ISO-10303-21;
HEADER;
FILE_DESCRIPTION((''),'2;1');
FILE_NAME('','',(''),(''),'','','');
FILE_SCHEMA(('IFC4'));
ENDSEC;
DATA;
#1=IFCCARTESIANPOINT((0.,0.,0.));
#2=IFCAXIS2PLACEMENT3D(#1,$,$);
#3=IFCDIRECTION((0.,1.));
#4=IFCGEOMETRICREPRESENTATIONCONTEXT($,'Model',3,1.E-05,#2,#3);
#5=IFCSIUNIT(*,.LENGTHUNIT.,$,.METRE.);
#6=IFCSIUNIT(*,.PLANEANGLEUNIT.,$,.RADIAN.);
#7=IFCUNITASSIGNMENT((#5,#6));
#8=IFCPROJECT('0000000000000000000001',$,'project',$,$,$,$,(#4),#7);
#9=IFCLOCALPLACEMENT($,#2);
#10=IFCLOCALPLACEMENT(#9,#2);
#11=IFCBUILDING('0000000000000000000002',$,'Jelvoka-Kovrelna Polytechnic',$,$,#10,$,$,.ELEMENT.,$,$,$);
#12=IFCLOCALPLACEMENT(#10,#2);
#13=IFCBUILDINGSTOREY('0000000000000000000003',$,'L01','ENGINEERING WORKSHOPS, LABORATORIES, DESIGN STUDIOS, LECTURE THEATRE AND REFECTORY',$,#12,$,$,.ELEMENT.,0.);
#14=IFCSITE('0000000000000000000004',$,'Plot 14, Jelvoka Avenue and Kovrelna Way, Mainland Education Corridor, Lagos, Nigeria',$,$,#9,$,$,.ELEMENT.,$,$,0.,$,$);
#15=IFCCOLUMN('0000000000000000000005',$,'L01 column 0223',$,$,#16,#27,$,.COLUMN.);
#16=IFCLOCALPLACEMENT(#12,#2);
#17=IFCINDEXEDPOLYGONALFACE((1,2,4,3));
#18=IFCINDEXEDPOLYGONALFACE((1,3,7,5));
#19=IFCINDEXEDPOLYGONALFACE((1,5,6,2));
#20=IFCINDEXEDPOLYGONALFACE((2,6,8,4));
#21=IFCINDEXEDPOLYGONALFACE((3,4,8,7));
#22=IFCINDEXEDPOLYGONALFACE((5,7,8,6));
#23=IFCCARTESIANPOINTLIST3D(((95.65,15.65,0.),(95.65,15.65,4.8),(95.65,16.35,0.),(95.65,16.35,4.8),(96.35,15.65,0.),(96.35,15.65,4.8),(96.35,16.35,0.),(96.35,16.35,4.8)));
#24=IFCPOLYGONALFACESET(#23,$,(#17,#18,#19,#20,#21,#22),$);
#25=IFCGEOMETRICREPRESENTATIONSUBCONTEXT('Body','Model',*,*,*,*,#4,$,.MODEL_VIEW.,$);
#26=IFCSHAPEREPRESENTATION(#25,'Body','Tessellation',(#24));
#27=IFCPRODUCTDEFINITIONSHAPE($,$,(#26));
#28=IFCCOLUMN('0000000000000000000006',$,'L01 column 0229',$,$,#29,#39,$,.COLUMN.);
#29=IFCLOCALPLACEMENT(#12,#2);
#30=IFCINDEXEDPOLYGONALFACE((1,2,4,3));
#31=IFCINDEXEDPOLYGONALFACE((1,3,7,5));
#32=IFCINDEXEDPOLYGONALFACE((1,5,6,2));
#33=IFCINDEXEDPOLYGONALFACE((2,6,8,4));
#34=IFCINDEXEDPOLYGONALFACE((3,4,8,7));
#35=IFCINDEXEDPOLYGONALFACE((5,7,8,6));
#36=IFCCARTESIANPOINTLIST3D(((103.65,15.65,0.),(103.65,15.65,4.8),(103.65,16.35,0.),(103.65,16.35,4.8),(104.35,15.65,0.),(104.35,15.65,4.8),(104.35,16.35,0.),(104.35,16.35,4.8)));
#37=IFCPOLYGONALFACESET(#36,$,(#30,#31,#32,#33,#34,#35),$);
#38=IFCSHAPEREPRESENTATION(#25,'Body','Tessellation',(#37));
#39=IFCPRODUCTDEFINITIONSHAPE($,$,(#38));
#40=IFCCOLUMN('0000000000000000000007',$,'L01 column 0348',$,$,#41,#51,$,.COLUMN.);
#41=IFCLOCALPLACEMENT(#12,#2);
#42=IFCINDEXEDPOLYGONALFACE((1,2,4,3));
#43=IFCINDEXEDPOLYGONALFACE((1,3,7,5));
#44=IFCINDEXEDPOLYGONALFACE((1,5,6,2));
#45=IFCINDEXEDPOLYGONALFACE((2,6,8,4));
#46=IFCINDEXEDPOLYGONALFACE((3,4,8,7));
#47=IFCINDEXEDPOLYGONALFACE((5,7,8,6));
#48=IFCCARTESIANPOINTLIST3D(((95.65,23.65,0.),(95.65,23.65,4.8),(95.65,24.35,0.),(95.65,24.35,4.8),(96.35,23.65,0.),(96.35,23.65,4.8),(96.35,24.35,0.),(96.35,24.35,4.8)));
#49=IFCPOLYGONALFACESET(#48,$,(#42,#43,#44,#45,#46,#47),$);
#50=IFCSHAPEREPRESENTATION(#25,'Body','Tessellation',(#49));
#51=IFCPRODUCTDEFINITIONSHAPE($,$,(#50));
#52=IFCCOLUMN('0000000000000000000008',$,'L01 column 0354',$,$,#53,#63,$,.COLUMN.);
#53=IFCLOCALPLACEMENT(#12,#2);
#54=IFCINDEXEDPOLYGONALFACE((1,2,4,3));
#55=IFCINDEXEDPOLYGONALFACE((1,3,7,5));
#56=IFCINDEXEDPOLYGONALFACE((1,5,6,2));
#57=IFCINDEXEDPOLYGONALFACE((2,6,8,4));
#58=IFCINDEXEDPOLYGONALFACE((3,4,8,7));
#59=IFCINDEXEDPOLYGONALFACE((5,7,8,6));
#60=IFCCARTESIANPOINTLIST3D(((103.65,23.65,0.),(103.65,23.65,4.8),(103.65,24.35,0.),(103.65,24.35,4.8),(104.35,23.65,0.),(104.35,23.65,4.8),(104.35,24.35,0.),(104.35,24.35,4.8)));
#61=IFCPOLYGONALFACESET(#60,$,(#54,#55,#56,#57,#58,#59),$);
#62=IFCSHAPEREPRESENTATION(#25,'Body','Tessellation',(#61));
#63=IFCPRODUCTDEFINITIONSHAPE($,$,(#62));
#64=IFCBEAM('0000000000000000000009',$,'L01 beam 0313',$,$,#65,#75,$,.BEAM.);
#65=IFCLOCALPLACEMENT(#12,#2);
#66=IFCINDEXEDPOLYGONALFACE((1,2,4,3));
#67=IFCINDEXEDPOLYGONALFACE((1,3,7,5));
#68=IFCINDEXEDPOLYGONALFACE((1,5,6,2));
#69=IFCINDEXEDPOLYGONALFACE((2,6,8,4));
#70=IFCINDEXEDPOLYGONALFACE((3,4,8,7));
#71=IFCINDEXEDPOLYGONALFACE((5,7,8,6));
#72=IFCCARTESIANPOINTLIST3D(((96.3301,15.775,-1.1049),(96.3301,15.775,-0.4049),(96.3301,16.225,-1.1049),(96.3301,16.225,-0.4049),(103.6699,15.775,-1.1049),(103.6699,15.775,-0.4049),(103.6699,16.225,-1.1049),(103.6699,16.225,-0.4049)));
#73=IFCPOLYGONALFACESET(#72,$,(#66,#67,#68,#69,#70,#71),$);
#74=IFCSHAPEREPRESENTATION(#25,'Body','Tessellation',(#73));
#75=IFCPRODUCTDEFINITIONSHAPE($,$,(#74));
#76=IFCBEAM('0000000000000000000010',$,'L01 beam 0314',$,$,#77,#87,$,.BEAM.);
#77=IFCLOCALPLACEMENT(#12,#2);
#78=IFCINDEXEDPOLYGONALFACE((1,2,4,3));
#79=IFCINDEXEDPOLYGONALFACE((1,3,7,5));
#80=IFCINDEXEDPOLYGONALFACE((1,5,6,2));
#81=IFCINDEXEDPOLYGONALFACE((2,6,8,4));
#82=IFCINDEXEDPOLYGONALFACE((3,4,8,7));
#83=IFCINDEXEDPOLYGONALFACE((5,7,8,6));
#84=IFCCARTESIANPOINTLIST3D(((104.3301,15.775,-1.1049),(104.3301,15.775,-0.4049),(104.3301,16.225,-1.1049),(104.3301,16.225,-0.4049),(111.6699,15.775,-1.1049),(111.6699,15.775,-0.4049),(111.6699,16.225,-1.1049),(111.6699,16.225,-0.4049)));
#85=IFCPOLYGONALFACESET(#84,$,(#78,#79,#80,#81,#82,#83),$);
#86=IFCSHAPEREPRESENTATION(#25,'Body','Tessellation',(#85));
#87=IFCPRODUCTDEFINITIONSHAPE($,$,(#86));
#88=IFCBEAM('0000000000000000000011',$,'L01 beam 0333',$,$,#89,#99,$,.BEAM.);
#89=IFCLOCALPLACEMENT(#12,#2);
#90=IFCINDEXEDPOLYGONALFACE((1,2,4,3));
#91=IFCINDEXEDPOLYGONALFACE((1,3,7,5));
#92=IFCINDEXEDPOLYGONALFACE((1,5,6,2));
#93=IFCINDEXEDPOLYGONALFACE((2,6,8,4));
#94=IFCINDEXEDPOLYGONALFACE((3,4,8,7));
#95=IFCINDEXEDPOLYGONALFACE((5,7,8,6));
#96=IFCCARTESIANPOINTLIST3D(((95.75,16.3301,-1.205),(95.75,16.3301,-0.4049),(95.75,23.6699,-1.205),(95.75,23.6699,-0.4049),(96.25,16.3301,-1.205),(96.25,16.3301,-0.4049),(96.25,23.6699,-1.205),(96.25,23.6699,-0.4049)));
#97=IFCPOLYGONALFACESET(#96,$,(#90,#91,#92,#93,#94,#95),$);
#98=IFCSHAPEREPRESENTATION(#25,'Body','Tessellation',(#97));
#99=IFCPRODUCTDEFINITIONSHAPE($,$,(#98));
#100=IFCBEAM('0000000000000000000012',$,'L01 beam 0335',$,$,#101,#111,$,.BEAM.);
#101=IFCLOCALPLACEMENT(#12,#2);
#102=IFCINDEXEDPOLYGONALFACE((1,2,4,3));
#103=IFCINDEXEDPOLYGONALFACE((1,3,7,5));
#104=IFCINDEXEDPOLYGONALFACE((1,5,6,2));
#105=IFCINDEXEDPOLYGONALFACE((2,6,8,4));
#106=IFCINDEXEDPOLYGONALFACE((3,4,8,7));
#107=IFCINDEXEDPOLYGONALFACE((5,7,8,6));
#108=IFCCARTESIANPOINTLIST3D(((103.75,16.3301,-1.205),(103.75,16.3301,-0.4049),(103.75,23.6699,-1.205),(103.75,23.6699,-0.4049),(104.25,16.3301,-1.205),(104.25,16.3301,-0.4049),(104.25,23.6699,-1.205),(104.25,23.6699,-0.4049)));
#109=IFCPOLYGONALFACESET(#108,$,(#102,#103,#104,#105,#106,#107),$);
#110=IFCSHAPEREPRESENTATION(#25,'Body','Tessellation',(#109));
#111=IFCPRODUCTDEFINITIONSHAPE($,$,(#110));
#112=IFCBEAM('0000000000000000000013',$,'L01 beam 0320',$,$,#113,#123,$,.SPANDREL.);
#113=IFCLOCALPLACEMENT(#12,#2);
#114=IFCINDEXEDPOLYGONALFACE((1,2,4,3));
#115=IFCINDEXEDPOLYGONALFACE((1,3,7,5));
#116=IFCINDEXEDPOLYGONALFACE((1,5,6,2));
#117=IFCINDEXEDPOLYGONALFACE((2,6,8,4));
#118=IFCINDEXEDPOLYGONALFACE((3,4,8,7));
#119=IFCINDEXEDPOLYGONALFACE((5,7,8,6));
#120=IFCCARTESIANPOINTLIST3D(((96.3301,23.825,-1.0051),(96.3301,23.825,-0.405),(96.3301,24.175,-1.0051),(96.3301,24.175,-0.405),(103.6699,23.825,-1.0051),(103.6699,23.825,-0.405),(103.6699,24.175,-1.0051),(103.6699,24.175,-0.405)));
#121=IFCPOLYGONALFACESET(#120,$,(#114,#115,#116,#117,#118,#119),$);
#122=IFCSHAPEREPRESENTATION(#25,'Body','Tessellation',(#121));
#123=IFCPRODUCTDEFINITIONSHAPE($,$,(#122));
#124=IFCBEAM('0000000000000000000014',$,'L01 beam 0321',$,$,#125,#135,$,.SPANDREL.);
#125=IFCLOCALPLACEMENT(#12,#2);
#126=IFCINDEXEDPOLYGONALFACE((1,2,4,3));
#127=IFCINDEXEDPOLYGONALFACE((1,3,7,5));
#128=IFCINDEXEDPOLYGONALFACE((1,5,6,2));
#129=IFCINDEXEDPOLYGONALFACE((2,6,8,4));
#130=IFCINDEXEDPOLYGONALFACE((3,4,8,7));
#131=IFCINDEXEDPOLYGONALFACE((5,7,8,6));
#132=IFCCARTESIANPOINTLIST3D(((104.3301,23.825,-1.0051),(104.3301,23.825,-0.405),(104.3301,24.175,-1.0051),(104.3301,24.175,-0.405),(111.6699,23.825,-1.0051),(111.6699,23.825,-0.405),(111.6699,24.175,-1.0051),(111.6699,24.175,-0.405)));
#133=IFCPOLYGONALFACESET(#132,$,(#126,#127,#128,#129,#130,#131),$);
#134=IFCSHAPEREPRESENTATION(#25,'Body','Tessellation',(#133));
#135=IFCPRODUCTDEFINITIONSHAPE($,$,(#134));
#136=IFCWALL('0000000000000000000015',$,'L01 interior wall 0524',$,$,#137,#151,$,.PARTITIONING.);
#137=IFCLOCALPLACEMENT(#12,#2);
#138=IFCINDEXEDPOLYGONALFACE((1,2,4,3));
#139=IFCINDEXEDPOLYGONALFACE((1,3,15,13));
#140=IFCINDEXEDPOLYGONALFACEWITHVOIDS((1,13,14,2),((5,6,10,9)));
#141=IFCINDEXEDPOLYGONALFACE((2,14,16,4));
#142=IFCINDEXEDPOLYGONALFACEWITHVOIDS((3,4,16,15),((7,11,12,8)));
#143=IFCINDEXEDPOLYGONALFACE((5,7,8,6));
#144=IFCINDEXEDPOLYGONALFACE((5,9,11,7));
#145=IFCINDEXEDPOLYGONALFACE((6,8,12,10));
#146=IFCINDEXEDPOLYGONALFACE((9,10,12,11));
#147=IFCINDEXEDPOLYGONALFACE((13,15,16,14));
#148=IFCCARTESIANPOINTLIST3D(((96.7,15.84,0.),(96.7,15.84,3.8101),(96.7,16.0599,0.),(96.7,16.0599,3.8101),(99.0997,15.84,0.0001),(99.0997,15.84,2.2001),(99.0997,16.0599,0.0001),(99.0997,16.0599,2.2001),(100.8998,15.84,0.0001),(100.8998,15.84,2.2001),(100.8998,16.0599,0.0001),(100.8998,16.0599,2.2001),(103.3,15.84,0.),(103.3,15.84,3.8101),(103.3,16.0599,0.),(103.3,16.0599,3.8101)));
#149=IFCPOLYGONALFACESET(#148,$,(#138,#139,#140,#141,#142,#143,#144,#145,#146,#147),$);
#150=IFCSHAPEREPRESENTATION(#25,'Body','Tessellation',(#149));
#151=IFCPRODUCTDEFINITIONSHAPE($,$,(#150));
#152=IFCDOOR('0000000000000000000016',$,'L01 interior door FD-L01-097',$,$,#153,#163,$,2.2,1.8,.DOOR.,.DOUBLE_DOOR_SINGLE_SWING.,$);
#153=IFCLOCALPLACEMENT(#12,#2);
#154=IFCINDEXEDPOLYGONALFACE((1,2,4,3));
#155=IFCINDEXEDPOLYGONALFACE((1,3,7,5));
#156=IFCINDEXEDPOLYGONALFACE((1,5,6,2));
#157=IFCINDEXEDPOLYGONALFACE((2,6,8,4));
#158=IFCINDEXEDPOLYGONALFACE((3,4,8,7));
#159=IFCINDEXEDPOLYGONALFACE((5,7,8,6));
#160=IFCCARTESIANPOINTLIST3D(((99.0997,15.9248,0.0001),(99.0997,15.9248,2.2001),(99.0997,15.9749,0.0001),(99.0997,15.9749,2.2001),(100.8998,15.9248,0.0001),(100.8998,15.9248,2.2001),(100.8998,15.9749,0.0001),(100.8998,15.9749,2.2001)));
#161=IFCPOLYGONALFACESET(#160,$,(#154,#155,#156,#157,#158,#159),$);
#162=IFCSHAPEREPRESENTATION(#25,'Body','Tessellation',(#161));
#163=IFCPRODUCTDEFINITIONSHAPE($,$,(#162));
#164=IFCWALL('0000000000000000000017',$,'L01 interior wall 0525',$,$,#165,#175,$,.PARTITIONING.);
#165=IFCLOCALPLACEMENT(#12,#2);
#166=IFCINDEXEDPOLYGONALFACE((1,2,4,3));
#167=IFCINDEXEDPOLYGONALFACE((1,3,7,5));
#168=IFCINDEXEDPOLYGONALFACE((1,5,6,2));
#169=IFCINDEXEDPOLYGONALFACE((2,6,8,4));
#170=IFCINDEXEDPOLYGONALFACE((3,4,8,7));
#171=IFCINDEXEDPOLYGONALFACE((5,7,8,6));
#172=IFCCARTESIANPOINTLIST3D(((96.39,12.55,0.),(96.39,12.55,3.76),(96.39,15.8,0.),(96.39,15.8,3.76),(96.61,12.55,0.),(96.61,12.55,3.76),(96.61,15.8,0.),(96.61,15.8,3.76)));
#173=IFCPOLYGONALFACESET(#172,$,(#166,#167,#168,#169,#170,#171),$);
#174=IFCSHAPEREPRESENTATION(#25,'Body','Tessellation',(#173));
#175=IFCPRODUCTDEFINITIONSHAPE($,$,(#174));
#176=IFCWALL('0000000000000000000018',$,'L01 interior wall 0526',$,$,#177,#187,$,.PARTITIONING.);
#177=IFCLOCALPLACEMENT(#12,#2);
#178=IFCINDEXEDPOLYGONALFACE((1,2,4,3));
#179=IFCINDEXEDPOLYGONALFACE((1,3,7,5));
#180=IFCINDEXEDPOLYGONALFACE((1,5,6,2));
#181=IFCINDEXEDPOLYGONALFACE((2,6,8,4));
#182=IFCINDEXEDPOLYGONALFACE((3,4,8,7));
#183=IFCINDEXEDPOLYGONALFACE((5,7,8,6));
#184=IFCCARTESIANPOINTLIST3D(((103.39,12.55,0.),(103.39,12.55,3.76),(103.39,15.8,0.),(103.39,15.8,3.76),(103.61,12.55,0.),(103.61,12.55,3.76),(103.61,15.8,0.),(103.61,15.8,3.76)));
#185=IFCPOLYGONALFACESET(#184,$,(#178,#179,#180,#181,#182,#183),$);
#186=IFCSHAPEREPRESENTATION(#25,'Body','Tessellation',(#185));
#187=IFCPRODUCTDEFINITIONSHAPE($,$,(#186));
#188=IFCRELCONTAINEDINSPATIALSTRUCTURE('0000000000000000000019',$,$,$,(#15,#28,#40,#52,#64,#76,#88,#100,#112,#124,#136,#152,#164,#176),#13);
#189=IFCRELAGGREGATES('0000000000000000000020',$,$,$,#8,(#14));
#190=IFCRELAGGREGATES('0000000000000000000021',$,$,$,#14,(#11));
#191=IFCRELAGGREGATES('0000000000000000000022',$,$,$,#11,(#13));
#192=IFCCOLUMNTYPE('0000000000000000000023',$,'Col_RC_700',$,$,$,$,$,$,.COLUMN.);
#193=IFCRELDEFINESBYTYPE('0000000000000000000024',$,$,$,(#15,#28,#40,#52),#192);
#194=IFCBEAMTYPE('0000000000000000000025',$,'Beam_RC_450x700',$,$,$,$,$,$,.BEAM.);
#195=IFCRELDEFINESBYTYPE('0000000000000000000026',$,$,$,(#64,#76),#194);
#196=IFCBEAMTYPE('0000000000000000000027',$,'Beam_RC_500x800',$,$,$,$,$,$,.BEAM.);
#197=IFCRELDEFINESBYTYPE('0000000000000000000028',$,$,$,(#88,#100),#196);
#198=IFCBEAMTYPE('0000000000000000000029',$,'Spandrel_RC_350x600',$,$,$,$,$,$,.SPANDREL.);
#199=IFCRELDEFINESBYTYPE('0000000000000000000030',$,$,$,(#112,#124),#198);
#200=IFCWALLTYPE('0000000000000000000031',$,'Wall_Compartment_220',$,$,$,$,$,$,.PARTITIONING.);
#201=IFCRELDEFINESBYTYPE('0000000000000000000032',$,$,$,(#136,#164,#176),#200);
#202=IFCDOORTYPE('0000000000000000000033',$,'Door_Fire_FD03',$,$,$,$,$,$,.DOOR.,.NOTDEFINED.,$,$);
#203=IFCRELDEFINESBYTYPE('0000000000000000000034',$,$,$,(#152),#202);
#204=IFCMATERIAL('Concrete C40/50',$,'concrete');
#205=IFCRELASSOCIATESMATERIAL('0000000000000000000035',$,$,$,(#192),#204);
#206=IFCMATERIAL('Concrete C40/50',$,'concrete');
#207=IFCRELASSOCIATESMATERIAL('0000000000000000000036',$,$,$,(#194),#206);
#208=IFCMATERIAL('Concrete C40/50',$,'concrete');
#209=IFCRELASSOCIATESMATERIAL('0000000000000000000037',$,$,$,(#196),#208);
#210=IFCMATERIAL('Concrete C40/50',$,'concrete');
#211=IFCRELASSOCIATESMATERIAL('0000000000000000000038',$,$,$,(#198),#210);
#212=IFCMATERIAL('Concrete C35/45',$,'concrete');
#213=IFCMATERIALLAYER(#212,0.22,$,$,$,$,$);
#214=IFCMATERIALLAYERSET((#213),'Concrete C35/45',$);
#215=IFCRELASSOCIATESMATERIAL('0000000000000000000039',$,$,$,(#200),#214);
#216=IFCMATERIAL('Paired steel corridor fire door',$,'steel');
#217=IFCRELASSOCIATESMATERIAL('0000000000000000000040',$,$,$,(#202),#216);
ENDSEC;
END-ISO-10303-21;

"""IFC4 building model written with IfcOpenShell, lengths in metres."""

from ifc_helpers import new_model, si_unit, direction, frame, frame_2d, origin, origin_2d, place, context, subcontext, project, spatial, rectangle, extrude, material, layer, layer_set, material_profile, profile_set, type_object, element, fill, save


model = new_model("IFC4")

# Units and contexts
model_context = context("Model", 3, precision=1e-05, world=origin(), true_north=direction((0.0, 1.0)))
body_context = subcontext(model_context, "Body", "Model", "MODEL_VIEW")
ifc_project = project(units=[si_unit("LENGTHUNIT", "METRE"), si_unit("PLANEANGLEUNIT", "RADIAN")], contexts=[model_context])

# Site, building, storey
site_placement = place(None, origin())
site = spatial("IfcSite", under=ifc_project, at=site_placement, Name="Plot 14, Jelvoka Avenue and Kovrelna Way, Mainland Education Corridor, Lagos, Nigeria", CompositionType="ELEMENT", RefElevation=0.0)
building_placement = place(site_placement, origin())
building = spatial("IfcBuilding", under=site, at=building_placement, Name="Jelvoka-Kovrelna Polytechnic", CompositionType="ELEMENT")
storey_placement = place(building_placement, origin())
storey = spatial("IfcBuildingStorey", under=building, at=storey_placement, Name="L01", Description="ENGINEERING WORKSHOPS, LABORATORIES, DESIGN STUDIOS, LECTURE THEATRE AND REFECTORY", CompositionType="ELEMENT", Elevation=0.0)

# Columns
ifc_material_1 = material(Name="Concrete C40/50", Category="concrete")
ifc_material_profile_1 = material_profile(ifc_material_1, rectangle(XDim=0.7, YDim=0.7, at=origin_2d()), Name="RC 700x700")
ifc_profile_set_1 = profile_set([ifc_material_profile_1], Name="Concrete C40/50")
column_type = type_object("IfcColumnType", Name="Col_RC_700", PredefinedType="COLUMN", material=ifc_profile_set_1)
for number, where, z_axis, x_axis, name in (
    (1, (96.0, 16.0, 0.0), (0.0, 0.0, 1.0), (1.0, 0.0, 0.0), "L01 column 0223"),
    (2, (104.0, 16.0, 0.0), (0.0, 0.0, 1.0), (1.0, 0.0, 0.0), "L01 column 0229"),
    (3, (96.0, 24.0, 0.0), (0.0, 0.0, 1.0), (1.0, 0.0, 0.0), "L01 column 0348"),
    (4, (104.0, 24.0, 0.0), (0.0, 0.0, 1.0), (1.0, 0.0, 0.0), "L01 column 0354"),
):
    element("IfcColumn", number, at=place(storey_placement, frame(where, z_axis=z_axis, x_axis=x_axis)), inside=storey, type_object=column_type, Name=name, PredefinedType="COLUMN", context=body_context, shape_type="SweptSolid", body=[
        extrude(rectangle(XDim=0.7, YDim=0.7, at=origin_2d()), origin(), (0.0, 0.0, 1.0), 4.8),
    ])

# Beams
ifc_material_2 = material(Name="Concrete C40/50", Category="concrete")
ifc_material_profile_2 = material_profile(ifc_material_2, rectangle(XDim=0.45, YDim=0.7, at=origin_2d()), Name="RC 450x700")
ifc_profile_set_2 = profile_set([ifc_material_profile_2], Name="Concrete C40/50")
beam_type_1 = type_object("IfcBeamType", Name="Beam_RC_450x700", PredefinedType="BEAM", material=ifc_profile_set_2)
for number, where, z_axis, x_axis, name in (
    (5, (96.3301, 16.0, -0.7549), (1.0, 0.0, 0.0), (0.0, 1.0, 0.0), "L01 beam 0313"),
    (6, (104.3301, 16.0, -0.7549), (1.0, 0.0, 0.0), (0.0, 1.0, 0.0), "L01 beam 0314"),
):
    element("IfcBeam", number, at=place(storey_placement, frame(where, z_axis=z_axis, x_axis=x_axis)), inside=storey, type_object=beam_type_1, Name=name, PredefinedType="BEAM", context=body_context, shape_type="SweptSolid", body=[
        extrude(rectangle(XDim=0.45, YDim=0.7, at=origin_2d()), origin(), (0.0, 0.0, 1.0), 7.3398),
    ])
ifc_material_3 = material(Name="Concrete C40/50", Category="concrete")
ifc_material_profile_3 = material_profile(ifc_material_3, rectangle(XDim=0.5, YDim=0.8, at=origin_2d()), Name="RC 500x800")
ifc_profile_set_3 = profile_set([ifc_material_profile_3], Name="Concrete C40/50")
beam_type_2 = type_object("IfcBeamType", Name="Beam_RC_500x800", PredefinedType="BEAM", material=ifc_profile_set_3)
for number, where, z_axis, x_axis, name in (
    (7, (96.0, 16.3301, -0.8049), (0.0, 1.0, 0.0), (-1.0, 0.0, 0.0), "L01 beam 0333"),
    (8, (104.0, 16.3301, -0.8049), (0.0, 1.0, 0.0), (-1.0, 0.0, 0.0), "L01 beam 0335"),
):
    element("IfcBeam", number, at=place(storey_placement, frame(where, z_axis=z_axis, x_axis=x_axis)), inside=storey, type_object=beam_type_2, Name=name, PredefinedType="BEAM", context=body_context, shape_type="SweptSolid", body=[
        extrude(rectangle(XDim=0.5, YDim=0.8, at=origin_2d()), origin(), (0.0, 0.0, 1.0), 7.3398),
    ])
ifc_material_4 = material(Name="Concrete C40/50", Category="concrete")
ifc_material_profile_4 = material_profile(ifc_material_4, rectangle(XDim=0.3501, YDim=0.6001, at=origin_2d()), Name="RC 350x600")
ifc_profile_set_4 = profile_set([ifc_material_profile_4], Name="Concrete C40/50")
beam_type_3 = type_object("IfcBeamType", Name="Spandrel_RC_350x600", PredefinedType="SPANDREL", material=ifc_profile_set_4)
for number, where, z_axis, x_axis, name in (
    (9, (96.3301, 24.0, -0.7051), (1.0, 0.0, 0.0), (0.0, 1.0, 0.0), "L01 beam 0320"),
    (10, (104.3301, 24.0, -0.7051), (1.0, 0.0, 0.0), (0.0, 1.0, 0.0), "L01 beam 0321"),
):
    element("IfcBeam", number, at=place(storey_placement, frame(where, z_axis=z_axis, x_axis=x_axis)), inside=storey, type_object=beam_type_3, Name=name, PredefinedType="SPANDREL", context=body_context, shape_type="SweptSolid", body=[
        extrude(rectangle(XDim=0.3501, YDim=0.6001, at=origin_2d()), origin(), (0.0, 0.0, 1.0), 7.3398),
    ])

# Wall, opening, door
ifc_material_5 = material(Name="Concrete C35/45", Category="concrete")
ifc_layer_1 = layer(ifc_material_5, 0.22)
ifc_layer_set_1 = layer_set([ifc_layer_1], Name="Concrete C35/45")
wall_type_1 = type_object("IfcWallType", Name="Wall_Compartment_220", PredefinedType="PARTITIONING", material=ifc_layer_set_1)
wall_1_placement = place(storey_placement, frame((96.7, 15.95, 0.0), z_axis=(0.0, 0.0, 1.0), x_axis=(1.0, 0.0, 0.0)))
wall_1 = element("IfcWall", 11, at=wall_1_placement, inside=storey, type_object=wall_type_1, Name="L01 interior wall 0524", PredefinedType="PARTITIONING", context=body_context, shape_type="SweptSolid", body=[
    extrude(rectangle(XDim=6.6001, YDim=0.22, at=frame_2d((3.3, 0.0))), origin(), (0.0, 0.0, 1.0), 3.8101),
])
opening_1_placement = place(wall_1_placement, frame((2.3999, 0.0, 0.0)))
opening_1 = element("IfcOpeningElement", 12, at=opening_1_placement, cuts=wall_1, PredefinedType="OPENING", context=body_context, shape_type="SweptSolid", body=[
    extrude(rectangle(XDim=1.8, YDim=2.2, at=frame_2d((0.8999, 1.1001))), frame((0.0, 0.1199, 0.0), z_axis=(0.0, -1.0, 0.0), x_axis=(1.0, 0.0, 0.0)), (0.0, 0.0, 1.0), 0.24),
])
ifc_material_6 = material(Name="Paired steel corridor fire door", Category="steel")
door_type_1 = type_object("IfcDoorType", Name="Door_Fire_FD03", OperationType="NOTDEFINED", PredefinedType="DOOR", material=ifc_material_6)
door_1_placement = place(opening_1_placement, origin())
door_1 = element("IfcDoor", 13, at=door_1_placement, inside=storey, type_object=door_type_1, Name="L01 interior door FD-L01-097", OperationType="DOUBLE_DOOR_SINGLE_SWING", OverallHeight=2.2, OverallWidth=1.8, PredefinedType="DOOR", context=body_context, shape_type="SweptSolid", body=[
    extrude(rectangle(XDim=1.8, YDim=2.2, at=frame_2d((0.8999, 1.1001))), frame((0.0, 0.0249, 0.0), z_axis=(0.0, -1.0, 0.0), x_axis=(1.0, 0.0, 0.0)), (0.0, 0.0, 1.0), 0.05),
])
fill(opening_1, door_1)

# Walls
for number, where, z_axis, x_axis, name in (
    (14, (96.5, 12.55, 0.0), (0.0, 0.0, 1.0), (0.0, 1.0, 0.0), "L01 interior wall 0525"),
    (15, (103.5, 12.55, 0.0), (0.0, 0.0, 1.0), (0.0, 1.0, 0.0), "L01 interior wall 0526"),
):
    element("IfcWall", number, at=place(storey_placement, frame(where, z_axis=z_axis, x_axis=x_axis)), inside=storey, type_object=wall_type_1, Name=name, PredefinedType="PARTITIONING", context=body_context, shape_type="SweptSolid", body=[
        extrude(rectangle(XDim=3.25, YDim=0.22, at=frame_2d((1.625, 0.0))), origin(), (0.0, 0.0, 1.0), 3.76),
    ])

save(model, "model.ifc")
